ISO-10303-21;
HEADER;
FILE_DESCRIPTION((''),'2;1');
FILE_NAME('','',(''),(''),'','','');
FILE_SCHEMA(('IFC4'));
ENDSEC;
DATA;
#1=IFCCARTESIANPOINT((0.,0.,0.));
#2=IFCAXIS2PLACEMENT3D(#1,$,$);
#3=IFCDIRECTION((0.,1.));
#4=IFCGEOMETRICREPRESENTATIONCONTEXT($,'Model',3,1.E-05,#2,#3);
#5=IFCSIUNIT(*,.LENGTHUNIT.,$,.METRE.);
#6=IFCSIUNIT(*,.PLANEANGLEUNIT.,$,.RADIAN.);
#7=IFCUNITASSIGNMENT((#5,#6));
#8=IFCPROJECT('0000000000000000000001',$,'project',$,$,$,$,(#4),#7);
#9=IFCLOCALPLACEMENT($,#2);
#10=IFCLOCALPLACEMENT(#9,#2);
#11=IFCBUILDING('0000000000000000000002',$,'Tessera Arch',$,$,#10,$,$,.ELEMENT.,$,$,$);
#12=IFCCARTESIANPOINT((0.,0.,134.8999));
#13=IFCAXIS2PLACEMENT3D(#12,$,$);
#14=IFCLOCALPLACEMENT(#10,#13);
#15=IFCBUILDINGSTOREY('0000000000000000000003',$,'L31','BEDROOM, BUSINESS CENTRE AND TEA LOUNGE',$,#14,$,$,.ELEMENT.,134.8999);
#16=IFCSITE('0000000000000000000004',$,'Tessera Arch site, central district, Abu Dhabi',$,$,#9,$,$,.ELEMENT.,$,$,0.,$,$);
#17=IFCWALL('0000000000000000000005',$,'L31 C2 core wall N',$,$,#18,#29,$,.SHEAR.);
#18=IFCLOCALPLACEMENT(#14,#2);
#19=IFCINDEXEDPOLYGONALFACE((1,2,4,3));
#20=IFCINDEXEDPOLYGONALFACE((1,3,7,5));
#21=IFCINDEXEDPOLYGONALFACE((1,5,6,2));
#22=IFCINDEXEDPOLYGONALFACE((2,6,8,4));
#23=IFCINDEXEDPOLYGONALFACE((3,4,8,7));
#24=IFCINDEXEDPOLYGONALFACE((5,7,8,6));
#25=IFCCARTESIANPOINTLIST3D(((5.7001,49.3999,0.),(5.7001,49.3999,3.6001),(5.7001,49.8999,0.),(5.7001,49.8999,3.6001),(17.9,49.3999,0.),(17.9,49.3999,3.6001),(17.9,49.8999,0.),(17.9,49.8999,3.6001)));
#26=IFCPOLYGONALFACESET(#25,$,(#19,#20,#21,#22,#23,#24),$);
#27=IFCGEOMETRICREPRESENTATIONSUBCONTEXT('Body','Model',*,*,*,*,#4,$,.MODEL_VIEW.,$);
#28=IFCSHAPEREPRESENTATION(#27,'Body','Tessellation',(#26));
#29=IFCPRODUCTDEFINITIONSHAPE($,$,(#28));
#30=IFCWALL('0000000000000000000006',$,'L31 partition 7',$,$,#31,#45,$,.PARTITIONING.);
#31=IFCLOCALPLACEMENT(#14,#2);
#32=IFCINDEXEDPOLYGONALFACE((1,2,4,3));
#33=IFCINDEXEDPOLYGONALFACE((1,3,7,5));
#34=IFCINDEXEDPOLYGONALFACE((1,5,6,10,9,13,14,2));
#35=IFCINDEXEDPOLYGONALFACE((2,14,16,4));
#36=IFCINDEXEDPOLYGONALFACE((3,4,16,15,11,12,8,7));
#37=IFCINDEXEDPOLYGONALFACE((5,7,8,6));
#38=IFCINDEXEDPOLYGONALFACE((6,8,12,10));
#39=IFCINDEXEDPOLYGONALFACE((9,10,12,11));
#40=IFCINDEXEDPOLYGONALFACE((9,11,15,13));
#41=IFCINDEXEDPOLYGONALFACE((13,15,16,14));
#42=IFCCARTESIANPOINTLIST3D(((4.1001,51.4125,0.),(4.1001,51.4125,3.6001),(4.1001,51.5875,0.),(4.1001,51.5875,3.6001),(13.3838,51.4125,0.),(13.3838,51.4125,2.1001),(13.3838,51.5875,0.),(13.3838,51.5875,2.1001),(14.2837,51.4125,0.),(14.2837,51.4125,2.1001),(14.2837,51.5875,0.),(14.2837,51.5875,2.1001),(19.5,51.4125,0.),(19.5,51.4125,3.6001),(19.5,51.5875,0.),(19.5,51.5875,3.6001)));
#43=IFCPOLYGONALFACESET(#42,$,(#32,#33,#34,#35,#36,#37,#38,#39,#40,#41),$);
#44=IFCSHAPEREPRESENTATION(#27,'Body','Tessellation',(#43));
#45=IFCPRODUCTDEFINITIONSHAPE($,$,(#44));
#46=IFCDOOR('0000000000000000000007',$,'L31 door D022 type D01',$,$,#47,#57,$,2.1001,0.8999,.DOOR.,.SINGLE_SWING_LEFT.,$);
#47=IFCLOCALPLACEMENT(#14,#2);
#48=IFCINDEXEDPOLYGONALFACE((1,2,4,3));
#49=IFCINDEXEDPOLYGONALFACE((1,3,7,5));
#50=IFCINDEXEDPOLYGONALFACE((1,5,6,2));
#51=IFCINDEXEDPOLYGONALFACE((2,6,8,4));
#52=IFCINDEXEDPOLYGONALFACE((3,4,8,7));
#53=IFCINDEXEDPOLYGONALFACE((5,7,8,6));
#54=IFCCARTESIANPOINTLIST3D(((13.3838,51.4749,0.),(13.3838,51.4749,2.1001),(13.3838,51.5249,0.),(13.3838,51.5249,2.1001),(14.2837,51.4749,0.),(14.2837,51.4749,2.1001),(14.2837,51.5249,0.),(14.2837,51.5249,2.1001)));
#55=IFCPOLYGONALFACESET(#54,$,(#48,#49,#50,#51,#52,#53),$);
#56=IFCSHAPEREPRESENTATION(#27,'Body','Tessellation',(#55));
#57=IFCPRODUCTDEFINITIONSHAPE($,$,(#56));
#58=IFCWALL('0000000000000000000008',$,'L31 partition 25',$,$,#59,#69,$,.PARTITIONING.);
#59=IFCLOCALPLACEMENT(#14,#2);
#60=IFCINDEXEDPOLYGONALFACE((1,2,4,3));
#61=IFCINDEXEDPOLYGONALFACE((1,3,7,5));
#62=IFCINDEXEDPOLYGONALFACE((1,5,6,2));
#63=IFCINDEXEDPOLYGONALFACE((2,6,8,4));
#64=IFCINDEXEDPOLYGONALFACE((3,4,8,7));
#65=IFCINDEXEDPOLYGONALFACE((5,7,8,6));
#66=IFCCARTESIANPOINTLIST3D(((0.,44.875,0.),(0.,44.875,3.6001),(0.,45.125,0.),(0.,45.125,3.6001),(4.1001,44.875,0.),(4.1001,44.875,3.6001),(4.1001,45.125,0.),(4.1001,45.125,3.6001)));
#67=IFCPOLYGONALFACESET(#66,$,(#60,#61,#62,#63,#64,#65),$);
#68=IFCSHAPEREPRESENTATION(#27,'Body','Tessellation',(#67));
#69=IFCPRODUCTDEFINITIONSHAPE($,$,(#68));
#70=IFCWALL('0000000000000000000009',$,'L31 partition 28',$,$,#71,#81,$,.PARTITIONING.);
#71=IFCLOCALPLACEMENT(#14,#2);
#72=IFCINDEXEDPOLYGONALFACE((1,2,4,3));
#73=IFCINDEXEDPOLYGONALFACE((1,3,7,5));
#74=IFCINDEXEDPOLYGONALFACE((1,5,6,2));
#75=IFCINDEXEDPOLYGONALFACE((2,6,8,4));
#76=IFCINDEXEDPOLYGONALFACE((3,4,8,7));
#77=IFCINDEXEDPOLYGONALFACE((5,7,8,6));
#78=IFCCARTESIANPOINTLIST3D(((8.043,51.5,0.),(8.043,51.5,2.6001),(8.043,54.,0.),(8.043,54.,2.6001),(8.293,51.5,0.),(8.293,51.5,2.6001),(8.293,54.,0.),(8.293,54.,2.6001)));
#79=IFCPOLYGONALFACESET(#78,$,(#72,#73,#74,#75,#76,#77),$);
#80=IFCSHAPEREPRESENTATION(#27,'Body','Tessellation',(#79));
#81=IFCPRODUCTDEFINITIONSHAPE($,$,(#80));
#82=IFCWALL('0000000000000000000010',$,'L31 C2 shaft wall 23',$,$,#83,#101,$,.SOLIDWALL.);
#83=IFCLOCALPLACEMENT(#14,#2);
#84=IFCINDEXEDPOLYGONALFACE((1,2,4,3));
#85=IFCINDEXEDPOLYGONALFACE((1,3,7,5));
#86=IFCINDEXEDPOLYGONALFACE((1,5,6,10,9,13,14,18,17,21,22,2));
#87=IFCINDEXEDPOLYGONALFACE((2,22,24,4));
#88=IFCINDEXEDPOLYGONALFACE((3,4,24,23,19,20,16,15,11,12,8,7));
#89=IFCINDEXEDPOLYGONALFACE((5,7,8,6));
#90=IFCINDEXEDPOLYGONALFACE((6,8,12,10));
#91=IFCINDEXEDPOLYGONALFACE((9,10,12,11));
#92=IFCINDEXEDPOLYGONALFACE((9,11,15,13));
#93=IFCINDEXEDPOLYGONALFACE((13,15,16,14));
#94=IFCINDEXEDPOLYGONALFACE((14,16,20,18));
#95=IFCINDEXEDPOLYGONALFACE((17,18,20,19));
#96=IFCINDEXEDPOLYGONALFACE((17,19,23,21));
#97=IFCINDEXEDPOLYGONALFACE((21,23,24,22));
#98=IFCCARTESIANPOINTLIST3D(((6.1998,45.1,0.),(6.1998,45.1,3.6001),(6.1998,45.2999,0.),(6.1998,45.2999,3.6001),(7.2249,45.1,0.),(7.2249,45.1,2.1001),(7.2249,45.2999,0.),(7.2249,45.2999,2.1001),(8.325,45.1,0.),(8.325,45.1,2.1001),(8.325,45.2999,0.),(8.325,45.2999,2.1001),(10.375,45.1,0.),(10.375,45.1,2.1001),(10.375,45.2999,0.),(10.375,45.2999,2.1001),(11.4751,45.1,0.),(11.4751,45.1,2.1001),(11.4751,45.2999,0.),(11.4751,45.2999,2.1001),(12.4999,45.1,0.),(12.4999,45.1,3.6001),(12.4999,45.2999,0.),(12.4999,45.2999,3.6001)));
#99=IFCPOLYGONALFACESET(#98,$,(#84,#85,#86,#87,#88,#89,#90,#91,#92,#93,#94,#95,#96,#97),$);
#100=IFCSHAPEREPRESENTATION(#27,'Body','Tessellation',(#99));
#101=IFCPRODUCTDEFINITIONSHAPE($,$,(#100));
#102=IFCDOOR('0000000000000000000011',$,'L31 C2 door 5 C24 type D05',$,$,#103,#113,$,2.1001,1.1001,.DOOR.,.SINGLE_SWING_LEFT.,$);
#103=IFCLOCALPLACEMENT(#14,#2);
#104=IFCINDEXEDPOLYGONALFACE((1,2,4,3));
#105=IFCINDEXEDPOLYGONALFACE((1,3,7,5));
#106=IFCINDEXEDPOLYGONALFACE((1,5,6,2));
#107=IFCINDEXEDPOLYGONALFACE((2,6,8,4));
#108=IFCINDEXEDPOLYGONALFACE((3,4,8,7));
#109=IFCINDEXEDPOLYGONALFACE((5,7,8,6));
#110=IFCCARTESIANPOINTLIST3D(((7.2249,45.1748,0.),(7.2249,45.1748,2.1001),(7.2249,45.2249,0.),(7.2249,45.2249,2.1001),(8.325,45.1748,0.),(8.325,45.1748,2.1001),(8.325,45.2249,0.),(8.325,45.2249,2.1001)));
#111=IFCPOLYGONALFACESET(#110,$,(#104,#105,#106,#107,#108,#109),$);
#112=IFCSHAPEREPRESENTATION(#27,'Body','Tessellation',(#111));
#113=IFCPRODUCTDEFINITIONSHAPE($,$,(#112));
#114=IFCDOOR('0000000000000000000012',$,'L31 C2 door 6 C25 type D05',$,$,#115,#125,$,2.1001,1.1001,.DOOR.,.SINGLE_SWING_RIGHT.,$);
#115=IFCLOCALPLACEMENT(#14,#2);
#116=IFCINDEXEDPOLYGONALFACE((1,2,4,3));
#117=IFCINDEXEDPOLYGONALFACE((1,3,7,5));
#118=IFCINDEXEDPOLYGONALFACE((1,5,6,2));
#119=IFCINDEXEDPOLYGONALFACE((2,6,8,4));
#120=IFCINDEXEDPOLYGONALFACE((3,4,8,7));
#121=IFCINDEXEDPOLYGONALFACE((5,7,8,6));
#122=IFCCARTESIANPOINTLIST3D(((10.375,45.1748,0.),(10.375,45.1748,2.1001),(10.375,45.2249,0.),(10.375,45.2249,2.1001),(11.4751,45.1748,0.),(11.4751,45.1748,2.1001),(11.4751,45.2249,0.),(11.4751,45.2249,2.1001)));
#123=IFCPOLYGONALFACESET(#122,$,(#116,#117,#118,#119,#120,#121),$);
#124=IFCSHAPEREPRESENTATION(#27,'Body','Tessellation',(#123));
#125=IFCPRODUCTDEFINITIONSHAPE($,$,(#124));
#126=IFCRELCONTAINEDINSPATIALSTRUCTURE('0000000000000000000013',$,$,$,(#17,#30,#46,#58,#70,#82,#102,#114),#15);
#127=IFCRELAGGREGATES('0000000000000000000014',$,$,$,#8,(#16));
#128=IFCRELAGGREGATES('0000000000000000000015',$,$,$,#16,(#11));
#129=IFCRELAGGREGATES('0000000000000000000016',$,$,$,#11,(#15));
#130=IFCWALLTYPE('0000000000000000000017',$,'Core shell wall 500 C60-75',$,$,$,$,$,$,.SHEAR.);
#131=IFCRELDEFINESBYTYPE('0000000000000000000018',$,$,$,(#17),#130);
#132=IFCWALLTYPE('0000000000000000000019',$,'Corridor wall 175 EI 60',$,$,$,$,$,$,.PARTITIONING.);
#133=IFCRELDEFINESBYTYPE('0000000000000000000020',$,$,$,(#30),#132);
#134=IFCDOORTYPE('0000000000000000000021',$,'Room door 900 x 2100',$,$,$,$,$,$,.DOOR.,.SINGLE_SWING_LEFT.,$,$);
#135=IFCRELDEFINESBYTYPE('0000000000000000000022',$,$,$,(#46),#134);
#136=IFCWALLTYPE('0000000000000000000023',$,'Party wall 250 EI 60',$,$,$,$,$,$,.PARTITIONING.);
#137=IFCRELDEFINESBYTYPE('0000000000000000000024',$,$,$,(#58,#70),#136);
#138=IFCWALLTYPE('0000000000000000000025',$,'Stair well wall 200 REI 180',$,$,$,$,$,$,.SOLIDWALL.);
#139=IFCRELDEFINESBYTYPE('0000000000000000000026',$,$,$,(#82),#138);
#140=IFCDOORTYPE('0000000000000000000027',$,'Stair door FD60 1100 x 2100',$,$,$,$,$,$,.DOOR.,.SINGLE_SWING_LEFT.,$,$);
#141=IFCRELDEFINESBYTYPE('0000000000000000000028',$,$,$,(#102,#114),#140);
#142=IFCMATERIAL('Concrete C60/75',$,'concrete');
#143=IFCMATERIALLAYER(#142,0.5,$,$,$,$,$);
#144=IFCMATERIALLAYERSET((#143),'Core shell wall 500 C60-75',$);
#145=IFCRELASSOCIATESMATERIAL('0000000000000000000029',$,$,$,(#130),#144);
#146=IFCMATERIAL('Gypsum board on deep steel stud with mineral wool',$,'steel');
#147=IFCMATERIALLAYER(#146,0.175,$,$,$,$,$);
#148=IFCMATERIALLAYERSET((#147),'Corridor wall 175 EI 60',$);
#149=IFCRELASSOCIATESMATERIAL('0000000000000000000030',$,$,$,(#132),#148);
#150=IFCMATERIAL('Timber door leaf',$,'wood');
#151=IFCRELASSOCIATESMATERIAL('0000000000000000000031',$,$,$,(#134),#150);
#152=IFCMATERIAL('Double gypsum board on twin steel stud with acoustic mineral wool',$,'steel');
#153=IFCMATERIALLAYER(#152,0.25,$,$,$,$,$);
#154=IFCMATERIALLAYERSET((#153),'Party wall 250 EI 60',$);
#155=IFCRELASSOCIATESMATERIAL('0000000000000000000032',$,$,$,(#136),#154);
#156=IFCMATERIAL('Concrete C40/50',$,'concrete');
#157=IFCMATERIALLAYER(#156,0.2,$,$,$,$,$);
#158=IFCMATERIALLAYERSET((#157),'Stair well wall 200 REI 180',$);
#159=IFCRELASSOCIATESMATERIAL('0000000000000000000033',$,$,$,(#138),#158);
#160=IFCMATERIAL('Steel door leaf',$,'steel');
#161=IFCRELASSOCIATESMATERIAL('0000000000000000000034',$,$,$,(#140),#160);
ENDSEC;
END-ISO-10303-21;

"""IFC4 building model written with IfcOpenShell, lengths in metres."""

from ifc_helpers import new_model, si_unit, direction, frame, frame_2d, origin, place, context, subcontext, project, spatial, rectangle, extrude, material, layer, layer_set, type_object, element, fill, save


model = new_model("IFC4")

# Units and contexts
model_context = context("Model", 3, precision=1e-05, world=origin(), true_north=direction((0.0, 1.0)))
body_context = subcontext(model_context, "Body", "Model", "MODEL_VIEW")
ifc_project = project(units=[si_unit("LENGTHUNIT", "METRE"), si_unit("PLANEANGLEUNIT", "RADIAN")], contexts=[model_context])

# Site, building, storey
site_placement = place(None, origin())
site = spatial("IfcSite", under=ifc_project, at=site_placement, Name="Tessera Arch site, central district, Abu Dhabi", CompositionType="ELEMENT", RefElevation=0.0)
building_placement = place(site_placement, origin())
building = spatial("IfcBuilding", under=site, at=building_placement, Name="Tessera Arch", CompositionType="ELEMENT")
storey_placement = place(building_placement, frame((0.0, 0.0, 134.8999)))
storey = spatial("IfcBuildingStorey", under=building, at=storey_placement, Name="L31", Description="BEDROOM, BUSINESS CENTRE AND TEA LOUNGE", CompositionType="ELEMENT", Elevation=134.8999)

# Wall
ifc_material_1 = material(Name="Concrete C60/75", Category="concrete")
ifc_layer_1 = layer(ifc_material_1, 0.5)
ifc_layer_set_1 = layer_set([ifc_layer_1], Name="Core shell wall 500 C60-75")
wall_type_1 = type_object("IfcWallType", Name="Core shell wall 500 C60-75", PredefinedType="SHEAR", material=ifc_layer_set_1)
wall_1_placement = place(storey_placement, frame((5.7, 49.6499, 0.0), z_axis=(0.0, 0.0, 1.0), x_axis=(1.0, 0.0, 0.0)))
element("IfcWall", 1, at=wall_1_placement, inside=storey, type_object=wall_type_1, Name="L31 C2 core wall N", PredefinedType="SHEAR", context=body_context, shape_type="SweptSolid", body=[
    extrude(rectangle(XDim=12.2, YDim=0.5, at=frame_2d((6.1001, 0.0))), origin(), (0.0, 0.0, 1.0), 3.6001),
])

# Wall, opening, door
ifc_material_2 = material(Name="Gypsum board on deep steel stud with mineral wool", Category="steel")
ifc_layer_2 = layer(ifc_material_2, 0.175)
ifc_layer_set_2 = layer_set([ifc_layer_2], Name="Corridor wall 175 EI 60")
wall_type_2 = type_object("IfcWallType", Name="Corridor wall 175 EI 60", PredefinedType="PARTITIONING", material=ifc_layer_set_2)
wall_2_placement = place(storey_placement, frame((4.1001, 51.5, 0.0), z_axis=(0.0, 0.0, 1.0), x_axis=(1.0, 0.0, 0.0)))
wall_2 = element("IfcWall", 2, at=wall_2_placement, inside=storey, type_object=wall_type_2, Name="L31 partition 7", PredefinedType="PARTITIONING", context=body_context, shape_type="SweptSolid", body=[
    extrude(rectangle(XDim=15.3999, YDim=0.175, at=frame_2d((7.7, 0.0))), origin(), (0.0, 0.0, 1.0), 3.6001),
])
opening_1_placement = place(wall_2_placement, frame((9.2837, 0.0, 0.0)))
opening_1 = element("IfcOpeningElement", 3, at=opening_1_placement, cuts=wall_2, PredefinedType="OPENING", context=body_context, shape_type="SweptSolid", body=[
    extrude(rectangle(XDim=0.8999, YDim=2.1001, at=frame_2d((0.45, 1.05))), frame((0.0, 0.0974, 0.0), z_axis=(0.0, -1.0, 0.0), x_axis=(1.0, 0.0, 0.0)), (0.0, 0.0, 1.0), 0.1951),
])
ifc_material_3 = material(Name="Timber door leaf", Category="wood")
door_type_1 = type_object("IfcDoorType", Name="Room door 900 x 2100", OperationType="SINGLE_SWING_LEFT", PredefinedType="DOOR", material=ifc_material_3)
door_1_placement = place(opening_1_placement, origin())
door_1 = element("IfcDoor", 4, at=door_1_placement, inside=storey, type_object=door_type_1, Name="L31 door D022 type D01", OperationType="SINGLE_SWING_LEFT", OverallHeight=2.1001, OverallWidth=0.8999, PredefinedType="DOOR", context=body_context, shape_type="SweptSolid", body=[
    extrude(rectangle(XDim=0.8999, YDim=2.1001, at=frame_2d((0.45, 1.05))), frame((0.0, 0.0249, 0.0), z_axis=(0.0, -1.0, 0.0), x_axis=(1.0, 0.0, 0.0)), (0.0, 0.0, 1.0), 0.05),
])
fill(opening_1, door_1)

# Walls
ifc_material_4 = material(Name="Double gypsum board on twin steel stud with acoustic mineral wool", Category="steel")
ifc_layer_3 = layer(ifc_material_4, 0.25)
ifc_layer_set_3 = layer_set([ifc_layer_3], Name="Party wall 250 EI 60")
wall_type_3 = type_object("IfcWallType", Name="Party wall 250 EI 60", PredefinedType="PARTITIONING", material=ifc_layer_set_3)
wall_3_placement = place(storey_placement, frame((0.0, 45.0, 0.0), z_axis=(0.0, 0.0, 1.0), x_axis=(1.0, 0.0, 0.0)))
element("IfcWall", 5, at=wall_3_placement, inside=storey, type_object=wall_type_3, Name="L31 partition 25", PredefinedType="PARTITIONING", context=body_context, shape_type="SweptSolid", body=[
    extrude(rectangle(XDim=4.1001, YDim=0.25, at=frame_2d((2.05, 0.0))), origin(), (0.0, 0.0, 1.0), 3.6001),
])
wall_4_placement = place(storey_placement, frame((8.168, 51.5, 0.0), z_axis=(0.0, 0.0, 1.0), x_axis=(0.0, 1.0, 0.0)))
element("IfcWall", 6, at=wall_4_placement, inside=storey, type_object=wall_type_3, Name="L31 partition 28", PredefinedType="PARTITIONING", context=body_context, shape_type="SweptSolid", body=[
    extrude(rectangle(XDim=2.5, YDim=0.25, at=frame_2d((1.25, 0.0))), origin(), (0.0, 0.0, 1.0), 2.6001),
])

# Wall, openings, doors
ifc_material_5 = material(Name="Concrete C40/50", Category="concrete")
ifc_layer_4 = layer(ifc_material_5, 0.2)
ifc_layer_set_4 = layer_set([ifc_layer_4], Name="Stair well wall 200 REI 180")
wall_type_4 = type_object("IfcWallType", Name="Stair well wall 200 REI 180", PredefinedType="SOLIDWALL", material=ifc_layer_set_4)
wall_5_placement = place(storey_placement, frame((6.2, 45.2, 0.0), z_axis=(0.0, 0.0, 1.0), x_axis=(1.0, 0.0, 0.0)))
wall_5 = element("IfcWall", 7, at=wall_5_placement, inside=storey, type_object=wall_type_4, Name="L31 C2 shaft wall 23", PredefinedType="SOLIDWALL", context=body_context, shape_type="SweptSolid", body=[
    extrude(rectangle(XDim=6.3, YDim=0.2, at=frame_2d((3.1499, 0.0))), origin(), (0.0, 0.0, 1.0), 3.6001),
])
opening_2_placement = place(wall_5_placement, frame((1.0249, 0.0, 0.0)))
opening_2 = element("IfcOpeningElement", 8, at=opening_2_placement, cuts=wall_5, PredefinedType="OPENING", context=body_context, shape_type="SweptSolid", body=[
    extrude(rectangle(XDim=1.1001, YDim=2.1001, at=frame_2d((0.55, 1.05))), frame((0.0, 0.1099, 0.0), z_axis=(0.0, -1.0, 0.0), x_axis=(1.0, 0.0, 0.0)), (0.0, 0.0, 1.0), 0.22),
])
opening_3_placement = place(wall_5_placement, frame((4.175, 0.0, 0.0)))
opening_3 = element("IfcOpeningElement", 9, at=opening_3_placement, cuts=wall_5, PredefinedType="OPENING", context=body_context, shape_type="SweptSolid", body=[
    extrude(rectangle(XDim=1.1001, YDim=2.1001, at=frame_2d((0.55, 1.05))), frame((0.0, 0.1099, 0.0), z_axis=(0.0, -1.0, 0.0), x_axis=(1.0, 0.0, 0.0)), (0.0, 0.0, 1.0), 0.22),
])
ifc_material_6 = material(Name="Steel door leaf", Category="steel")
door_type_2 = type_object("IfcDoorType", Name="Stair door FD60 1100 x 2100", OperationType="SINGLE_SWING_LEFT", PredefinedType="DOOR", material=ifc_material_6)
door_2_placement = place(opening_2_placement, origin())
door_2 = element("IfcDoor", 10, at=door_2_placement, inside=storey, type_object=door_type_2, Name="L31 C2 door 5 C24 type D05", OperationType="SINGLE_SWING_LEFT", OverallHeight=2.1001, OverallWidth=1.1001, PredefinedType="DOOR", context=body_context, shape_type="SweptSolid", body=[
    extrude(rectangle(XDim=1.1001, YDim=2.1001, at=frame_2d((0.55, 1.05))), frame((0.0, 0.0249, 0.0), z_axis=(0.0, -1.0, 0.0), x_axis=(1.0, 0.0, 0.0)), (0.0, 0.0, 1.0), 0.05),
])
fill(opening_2, door_2)
door_3_placement = place(opening_3_placement, origin())
door_3 = element("IfcDoor", 11, at=door_3_placement, inside=storey, type_object=door_type_2, Name="L31 C2 door 6 C25 type D05", OperationType="SINGLE_SWING_RIGHT", OverallHeight=2.1001, OverallWidth=1.1001, PredefinedType="DOOR", context=body_context, shape_type="SweptSolid", body=[
    extrude(rectangle(XDim=1.1001, YDim=2.1001, at=frame_2d((0.55, 1.05))), frame((0.0, 0.0249, 0.0), z_axis=(0.0, -1.0, 0.0), x_axis=(1.0, 0.0, 0.0)), (0.0, 0.0, 1.0), 0.05),
])
fill(opening_3, door_3)

save(model, "model.ifc")
